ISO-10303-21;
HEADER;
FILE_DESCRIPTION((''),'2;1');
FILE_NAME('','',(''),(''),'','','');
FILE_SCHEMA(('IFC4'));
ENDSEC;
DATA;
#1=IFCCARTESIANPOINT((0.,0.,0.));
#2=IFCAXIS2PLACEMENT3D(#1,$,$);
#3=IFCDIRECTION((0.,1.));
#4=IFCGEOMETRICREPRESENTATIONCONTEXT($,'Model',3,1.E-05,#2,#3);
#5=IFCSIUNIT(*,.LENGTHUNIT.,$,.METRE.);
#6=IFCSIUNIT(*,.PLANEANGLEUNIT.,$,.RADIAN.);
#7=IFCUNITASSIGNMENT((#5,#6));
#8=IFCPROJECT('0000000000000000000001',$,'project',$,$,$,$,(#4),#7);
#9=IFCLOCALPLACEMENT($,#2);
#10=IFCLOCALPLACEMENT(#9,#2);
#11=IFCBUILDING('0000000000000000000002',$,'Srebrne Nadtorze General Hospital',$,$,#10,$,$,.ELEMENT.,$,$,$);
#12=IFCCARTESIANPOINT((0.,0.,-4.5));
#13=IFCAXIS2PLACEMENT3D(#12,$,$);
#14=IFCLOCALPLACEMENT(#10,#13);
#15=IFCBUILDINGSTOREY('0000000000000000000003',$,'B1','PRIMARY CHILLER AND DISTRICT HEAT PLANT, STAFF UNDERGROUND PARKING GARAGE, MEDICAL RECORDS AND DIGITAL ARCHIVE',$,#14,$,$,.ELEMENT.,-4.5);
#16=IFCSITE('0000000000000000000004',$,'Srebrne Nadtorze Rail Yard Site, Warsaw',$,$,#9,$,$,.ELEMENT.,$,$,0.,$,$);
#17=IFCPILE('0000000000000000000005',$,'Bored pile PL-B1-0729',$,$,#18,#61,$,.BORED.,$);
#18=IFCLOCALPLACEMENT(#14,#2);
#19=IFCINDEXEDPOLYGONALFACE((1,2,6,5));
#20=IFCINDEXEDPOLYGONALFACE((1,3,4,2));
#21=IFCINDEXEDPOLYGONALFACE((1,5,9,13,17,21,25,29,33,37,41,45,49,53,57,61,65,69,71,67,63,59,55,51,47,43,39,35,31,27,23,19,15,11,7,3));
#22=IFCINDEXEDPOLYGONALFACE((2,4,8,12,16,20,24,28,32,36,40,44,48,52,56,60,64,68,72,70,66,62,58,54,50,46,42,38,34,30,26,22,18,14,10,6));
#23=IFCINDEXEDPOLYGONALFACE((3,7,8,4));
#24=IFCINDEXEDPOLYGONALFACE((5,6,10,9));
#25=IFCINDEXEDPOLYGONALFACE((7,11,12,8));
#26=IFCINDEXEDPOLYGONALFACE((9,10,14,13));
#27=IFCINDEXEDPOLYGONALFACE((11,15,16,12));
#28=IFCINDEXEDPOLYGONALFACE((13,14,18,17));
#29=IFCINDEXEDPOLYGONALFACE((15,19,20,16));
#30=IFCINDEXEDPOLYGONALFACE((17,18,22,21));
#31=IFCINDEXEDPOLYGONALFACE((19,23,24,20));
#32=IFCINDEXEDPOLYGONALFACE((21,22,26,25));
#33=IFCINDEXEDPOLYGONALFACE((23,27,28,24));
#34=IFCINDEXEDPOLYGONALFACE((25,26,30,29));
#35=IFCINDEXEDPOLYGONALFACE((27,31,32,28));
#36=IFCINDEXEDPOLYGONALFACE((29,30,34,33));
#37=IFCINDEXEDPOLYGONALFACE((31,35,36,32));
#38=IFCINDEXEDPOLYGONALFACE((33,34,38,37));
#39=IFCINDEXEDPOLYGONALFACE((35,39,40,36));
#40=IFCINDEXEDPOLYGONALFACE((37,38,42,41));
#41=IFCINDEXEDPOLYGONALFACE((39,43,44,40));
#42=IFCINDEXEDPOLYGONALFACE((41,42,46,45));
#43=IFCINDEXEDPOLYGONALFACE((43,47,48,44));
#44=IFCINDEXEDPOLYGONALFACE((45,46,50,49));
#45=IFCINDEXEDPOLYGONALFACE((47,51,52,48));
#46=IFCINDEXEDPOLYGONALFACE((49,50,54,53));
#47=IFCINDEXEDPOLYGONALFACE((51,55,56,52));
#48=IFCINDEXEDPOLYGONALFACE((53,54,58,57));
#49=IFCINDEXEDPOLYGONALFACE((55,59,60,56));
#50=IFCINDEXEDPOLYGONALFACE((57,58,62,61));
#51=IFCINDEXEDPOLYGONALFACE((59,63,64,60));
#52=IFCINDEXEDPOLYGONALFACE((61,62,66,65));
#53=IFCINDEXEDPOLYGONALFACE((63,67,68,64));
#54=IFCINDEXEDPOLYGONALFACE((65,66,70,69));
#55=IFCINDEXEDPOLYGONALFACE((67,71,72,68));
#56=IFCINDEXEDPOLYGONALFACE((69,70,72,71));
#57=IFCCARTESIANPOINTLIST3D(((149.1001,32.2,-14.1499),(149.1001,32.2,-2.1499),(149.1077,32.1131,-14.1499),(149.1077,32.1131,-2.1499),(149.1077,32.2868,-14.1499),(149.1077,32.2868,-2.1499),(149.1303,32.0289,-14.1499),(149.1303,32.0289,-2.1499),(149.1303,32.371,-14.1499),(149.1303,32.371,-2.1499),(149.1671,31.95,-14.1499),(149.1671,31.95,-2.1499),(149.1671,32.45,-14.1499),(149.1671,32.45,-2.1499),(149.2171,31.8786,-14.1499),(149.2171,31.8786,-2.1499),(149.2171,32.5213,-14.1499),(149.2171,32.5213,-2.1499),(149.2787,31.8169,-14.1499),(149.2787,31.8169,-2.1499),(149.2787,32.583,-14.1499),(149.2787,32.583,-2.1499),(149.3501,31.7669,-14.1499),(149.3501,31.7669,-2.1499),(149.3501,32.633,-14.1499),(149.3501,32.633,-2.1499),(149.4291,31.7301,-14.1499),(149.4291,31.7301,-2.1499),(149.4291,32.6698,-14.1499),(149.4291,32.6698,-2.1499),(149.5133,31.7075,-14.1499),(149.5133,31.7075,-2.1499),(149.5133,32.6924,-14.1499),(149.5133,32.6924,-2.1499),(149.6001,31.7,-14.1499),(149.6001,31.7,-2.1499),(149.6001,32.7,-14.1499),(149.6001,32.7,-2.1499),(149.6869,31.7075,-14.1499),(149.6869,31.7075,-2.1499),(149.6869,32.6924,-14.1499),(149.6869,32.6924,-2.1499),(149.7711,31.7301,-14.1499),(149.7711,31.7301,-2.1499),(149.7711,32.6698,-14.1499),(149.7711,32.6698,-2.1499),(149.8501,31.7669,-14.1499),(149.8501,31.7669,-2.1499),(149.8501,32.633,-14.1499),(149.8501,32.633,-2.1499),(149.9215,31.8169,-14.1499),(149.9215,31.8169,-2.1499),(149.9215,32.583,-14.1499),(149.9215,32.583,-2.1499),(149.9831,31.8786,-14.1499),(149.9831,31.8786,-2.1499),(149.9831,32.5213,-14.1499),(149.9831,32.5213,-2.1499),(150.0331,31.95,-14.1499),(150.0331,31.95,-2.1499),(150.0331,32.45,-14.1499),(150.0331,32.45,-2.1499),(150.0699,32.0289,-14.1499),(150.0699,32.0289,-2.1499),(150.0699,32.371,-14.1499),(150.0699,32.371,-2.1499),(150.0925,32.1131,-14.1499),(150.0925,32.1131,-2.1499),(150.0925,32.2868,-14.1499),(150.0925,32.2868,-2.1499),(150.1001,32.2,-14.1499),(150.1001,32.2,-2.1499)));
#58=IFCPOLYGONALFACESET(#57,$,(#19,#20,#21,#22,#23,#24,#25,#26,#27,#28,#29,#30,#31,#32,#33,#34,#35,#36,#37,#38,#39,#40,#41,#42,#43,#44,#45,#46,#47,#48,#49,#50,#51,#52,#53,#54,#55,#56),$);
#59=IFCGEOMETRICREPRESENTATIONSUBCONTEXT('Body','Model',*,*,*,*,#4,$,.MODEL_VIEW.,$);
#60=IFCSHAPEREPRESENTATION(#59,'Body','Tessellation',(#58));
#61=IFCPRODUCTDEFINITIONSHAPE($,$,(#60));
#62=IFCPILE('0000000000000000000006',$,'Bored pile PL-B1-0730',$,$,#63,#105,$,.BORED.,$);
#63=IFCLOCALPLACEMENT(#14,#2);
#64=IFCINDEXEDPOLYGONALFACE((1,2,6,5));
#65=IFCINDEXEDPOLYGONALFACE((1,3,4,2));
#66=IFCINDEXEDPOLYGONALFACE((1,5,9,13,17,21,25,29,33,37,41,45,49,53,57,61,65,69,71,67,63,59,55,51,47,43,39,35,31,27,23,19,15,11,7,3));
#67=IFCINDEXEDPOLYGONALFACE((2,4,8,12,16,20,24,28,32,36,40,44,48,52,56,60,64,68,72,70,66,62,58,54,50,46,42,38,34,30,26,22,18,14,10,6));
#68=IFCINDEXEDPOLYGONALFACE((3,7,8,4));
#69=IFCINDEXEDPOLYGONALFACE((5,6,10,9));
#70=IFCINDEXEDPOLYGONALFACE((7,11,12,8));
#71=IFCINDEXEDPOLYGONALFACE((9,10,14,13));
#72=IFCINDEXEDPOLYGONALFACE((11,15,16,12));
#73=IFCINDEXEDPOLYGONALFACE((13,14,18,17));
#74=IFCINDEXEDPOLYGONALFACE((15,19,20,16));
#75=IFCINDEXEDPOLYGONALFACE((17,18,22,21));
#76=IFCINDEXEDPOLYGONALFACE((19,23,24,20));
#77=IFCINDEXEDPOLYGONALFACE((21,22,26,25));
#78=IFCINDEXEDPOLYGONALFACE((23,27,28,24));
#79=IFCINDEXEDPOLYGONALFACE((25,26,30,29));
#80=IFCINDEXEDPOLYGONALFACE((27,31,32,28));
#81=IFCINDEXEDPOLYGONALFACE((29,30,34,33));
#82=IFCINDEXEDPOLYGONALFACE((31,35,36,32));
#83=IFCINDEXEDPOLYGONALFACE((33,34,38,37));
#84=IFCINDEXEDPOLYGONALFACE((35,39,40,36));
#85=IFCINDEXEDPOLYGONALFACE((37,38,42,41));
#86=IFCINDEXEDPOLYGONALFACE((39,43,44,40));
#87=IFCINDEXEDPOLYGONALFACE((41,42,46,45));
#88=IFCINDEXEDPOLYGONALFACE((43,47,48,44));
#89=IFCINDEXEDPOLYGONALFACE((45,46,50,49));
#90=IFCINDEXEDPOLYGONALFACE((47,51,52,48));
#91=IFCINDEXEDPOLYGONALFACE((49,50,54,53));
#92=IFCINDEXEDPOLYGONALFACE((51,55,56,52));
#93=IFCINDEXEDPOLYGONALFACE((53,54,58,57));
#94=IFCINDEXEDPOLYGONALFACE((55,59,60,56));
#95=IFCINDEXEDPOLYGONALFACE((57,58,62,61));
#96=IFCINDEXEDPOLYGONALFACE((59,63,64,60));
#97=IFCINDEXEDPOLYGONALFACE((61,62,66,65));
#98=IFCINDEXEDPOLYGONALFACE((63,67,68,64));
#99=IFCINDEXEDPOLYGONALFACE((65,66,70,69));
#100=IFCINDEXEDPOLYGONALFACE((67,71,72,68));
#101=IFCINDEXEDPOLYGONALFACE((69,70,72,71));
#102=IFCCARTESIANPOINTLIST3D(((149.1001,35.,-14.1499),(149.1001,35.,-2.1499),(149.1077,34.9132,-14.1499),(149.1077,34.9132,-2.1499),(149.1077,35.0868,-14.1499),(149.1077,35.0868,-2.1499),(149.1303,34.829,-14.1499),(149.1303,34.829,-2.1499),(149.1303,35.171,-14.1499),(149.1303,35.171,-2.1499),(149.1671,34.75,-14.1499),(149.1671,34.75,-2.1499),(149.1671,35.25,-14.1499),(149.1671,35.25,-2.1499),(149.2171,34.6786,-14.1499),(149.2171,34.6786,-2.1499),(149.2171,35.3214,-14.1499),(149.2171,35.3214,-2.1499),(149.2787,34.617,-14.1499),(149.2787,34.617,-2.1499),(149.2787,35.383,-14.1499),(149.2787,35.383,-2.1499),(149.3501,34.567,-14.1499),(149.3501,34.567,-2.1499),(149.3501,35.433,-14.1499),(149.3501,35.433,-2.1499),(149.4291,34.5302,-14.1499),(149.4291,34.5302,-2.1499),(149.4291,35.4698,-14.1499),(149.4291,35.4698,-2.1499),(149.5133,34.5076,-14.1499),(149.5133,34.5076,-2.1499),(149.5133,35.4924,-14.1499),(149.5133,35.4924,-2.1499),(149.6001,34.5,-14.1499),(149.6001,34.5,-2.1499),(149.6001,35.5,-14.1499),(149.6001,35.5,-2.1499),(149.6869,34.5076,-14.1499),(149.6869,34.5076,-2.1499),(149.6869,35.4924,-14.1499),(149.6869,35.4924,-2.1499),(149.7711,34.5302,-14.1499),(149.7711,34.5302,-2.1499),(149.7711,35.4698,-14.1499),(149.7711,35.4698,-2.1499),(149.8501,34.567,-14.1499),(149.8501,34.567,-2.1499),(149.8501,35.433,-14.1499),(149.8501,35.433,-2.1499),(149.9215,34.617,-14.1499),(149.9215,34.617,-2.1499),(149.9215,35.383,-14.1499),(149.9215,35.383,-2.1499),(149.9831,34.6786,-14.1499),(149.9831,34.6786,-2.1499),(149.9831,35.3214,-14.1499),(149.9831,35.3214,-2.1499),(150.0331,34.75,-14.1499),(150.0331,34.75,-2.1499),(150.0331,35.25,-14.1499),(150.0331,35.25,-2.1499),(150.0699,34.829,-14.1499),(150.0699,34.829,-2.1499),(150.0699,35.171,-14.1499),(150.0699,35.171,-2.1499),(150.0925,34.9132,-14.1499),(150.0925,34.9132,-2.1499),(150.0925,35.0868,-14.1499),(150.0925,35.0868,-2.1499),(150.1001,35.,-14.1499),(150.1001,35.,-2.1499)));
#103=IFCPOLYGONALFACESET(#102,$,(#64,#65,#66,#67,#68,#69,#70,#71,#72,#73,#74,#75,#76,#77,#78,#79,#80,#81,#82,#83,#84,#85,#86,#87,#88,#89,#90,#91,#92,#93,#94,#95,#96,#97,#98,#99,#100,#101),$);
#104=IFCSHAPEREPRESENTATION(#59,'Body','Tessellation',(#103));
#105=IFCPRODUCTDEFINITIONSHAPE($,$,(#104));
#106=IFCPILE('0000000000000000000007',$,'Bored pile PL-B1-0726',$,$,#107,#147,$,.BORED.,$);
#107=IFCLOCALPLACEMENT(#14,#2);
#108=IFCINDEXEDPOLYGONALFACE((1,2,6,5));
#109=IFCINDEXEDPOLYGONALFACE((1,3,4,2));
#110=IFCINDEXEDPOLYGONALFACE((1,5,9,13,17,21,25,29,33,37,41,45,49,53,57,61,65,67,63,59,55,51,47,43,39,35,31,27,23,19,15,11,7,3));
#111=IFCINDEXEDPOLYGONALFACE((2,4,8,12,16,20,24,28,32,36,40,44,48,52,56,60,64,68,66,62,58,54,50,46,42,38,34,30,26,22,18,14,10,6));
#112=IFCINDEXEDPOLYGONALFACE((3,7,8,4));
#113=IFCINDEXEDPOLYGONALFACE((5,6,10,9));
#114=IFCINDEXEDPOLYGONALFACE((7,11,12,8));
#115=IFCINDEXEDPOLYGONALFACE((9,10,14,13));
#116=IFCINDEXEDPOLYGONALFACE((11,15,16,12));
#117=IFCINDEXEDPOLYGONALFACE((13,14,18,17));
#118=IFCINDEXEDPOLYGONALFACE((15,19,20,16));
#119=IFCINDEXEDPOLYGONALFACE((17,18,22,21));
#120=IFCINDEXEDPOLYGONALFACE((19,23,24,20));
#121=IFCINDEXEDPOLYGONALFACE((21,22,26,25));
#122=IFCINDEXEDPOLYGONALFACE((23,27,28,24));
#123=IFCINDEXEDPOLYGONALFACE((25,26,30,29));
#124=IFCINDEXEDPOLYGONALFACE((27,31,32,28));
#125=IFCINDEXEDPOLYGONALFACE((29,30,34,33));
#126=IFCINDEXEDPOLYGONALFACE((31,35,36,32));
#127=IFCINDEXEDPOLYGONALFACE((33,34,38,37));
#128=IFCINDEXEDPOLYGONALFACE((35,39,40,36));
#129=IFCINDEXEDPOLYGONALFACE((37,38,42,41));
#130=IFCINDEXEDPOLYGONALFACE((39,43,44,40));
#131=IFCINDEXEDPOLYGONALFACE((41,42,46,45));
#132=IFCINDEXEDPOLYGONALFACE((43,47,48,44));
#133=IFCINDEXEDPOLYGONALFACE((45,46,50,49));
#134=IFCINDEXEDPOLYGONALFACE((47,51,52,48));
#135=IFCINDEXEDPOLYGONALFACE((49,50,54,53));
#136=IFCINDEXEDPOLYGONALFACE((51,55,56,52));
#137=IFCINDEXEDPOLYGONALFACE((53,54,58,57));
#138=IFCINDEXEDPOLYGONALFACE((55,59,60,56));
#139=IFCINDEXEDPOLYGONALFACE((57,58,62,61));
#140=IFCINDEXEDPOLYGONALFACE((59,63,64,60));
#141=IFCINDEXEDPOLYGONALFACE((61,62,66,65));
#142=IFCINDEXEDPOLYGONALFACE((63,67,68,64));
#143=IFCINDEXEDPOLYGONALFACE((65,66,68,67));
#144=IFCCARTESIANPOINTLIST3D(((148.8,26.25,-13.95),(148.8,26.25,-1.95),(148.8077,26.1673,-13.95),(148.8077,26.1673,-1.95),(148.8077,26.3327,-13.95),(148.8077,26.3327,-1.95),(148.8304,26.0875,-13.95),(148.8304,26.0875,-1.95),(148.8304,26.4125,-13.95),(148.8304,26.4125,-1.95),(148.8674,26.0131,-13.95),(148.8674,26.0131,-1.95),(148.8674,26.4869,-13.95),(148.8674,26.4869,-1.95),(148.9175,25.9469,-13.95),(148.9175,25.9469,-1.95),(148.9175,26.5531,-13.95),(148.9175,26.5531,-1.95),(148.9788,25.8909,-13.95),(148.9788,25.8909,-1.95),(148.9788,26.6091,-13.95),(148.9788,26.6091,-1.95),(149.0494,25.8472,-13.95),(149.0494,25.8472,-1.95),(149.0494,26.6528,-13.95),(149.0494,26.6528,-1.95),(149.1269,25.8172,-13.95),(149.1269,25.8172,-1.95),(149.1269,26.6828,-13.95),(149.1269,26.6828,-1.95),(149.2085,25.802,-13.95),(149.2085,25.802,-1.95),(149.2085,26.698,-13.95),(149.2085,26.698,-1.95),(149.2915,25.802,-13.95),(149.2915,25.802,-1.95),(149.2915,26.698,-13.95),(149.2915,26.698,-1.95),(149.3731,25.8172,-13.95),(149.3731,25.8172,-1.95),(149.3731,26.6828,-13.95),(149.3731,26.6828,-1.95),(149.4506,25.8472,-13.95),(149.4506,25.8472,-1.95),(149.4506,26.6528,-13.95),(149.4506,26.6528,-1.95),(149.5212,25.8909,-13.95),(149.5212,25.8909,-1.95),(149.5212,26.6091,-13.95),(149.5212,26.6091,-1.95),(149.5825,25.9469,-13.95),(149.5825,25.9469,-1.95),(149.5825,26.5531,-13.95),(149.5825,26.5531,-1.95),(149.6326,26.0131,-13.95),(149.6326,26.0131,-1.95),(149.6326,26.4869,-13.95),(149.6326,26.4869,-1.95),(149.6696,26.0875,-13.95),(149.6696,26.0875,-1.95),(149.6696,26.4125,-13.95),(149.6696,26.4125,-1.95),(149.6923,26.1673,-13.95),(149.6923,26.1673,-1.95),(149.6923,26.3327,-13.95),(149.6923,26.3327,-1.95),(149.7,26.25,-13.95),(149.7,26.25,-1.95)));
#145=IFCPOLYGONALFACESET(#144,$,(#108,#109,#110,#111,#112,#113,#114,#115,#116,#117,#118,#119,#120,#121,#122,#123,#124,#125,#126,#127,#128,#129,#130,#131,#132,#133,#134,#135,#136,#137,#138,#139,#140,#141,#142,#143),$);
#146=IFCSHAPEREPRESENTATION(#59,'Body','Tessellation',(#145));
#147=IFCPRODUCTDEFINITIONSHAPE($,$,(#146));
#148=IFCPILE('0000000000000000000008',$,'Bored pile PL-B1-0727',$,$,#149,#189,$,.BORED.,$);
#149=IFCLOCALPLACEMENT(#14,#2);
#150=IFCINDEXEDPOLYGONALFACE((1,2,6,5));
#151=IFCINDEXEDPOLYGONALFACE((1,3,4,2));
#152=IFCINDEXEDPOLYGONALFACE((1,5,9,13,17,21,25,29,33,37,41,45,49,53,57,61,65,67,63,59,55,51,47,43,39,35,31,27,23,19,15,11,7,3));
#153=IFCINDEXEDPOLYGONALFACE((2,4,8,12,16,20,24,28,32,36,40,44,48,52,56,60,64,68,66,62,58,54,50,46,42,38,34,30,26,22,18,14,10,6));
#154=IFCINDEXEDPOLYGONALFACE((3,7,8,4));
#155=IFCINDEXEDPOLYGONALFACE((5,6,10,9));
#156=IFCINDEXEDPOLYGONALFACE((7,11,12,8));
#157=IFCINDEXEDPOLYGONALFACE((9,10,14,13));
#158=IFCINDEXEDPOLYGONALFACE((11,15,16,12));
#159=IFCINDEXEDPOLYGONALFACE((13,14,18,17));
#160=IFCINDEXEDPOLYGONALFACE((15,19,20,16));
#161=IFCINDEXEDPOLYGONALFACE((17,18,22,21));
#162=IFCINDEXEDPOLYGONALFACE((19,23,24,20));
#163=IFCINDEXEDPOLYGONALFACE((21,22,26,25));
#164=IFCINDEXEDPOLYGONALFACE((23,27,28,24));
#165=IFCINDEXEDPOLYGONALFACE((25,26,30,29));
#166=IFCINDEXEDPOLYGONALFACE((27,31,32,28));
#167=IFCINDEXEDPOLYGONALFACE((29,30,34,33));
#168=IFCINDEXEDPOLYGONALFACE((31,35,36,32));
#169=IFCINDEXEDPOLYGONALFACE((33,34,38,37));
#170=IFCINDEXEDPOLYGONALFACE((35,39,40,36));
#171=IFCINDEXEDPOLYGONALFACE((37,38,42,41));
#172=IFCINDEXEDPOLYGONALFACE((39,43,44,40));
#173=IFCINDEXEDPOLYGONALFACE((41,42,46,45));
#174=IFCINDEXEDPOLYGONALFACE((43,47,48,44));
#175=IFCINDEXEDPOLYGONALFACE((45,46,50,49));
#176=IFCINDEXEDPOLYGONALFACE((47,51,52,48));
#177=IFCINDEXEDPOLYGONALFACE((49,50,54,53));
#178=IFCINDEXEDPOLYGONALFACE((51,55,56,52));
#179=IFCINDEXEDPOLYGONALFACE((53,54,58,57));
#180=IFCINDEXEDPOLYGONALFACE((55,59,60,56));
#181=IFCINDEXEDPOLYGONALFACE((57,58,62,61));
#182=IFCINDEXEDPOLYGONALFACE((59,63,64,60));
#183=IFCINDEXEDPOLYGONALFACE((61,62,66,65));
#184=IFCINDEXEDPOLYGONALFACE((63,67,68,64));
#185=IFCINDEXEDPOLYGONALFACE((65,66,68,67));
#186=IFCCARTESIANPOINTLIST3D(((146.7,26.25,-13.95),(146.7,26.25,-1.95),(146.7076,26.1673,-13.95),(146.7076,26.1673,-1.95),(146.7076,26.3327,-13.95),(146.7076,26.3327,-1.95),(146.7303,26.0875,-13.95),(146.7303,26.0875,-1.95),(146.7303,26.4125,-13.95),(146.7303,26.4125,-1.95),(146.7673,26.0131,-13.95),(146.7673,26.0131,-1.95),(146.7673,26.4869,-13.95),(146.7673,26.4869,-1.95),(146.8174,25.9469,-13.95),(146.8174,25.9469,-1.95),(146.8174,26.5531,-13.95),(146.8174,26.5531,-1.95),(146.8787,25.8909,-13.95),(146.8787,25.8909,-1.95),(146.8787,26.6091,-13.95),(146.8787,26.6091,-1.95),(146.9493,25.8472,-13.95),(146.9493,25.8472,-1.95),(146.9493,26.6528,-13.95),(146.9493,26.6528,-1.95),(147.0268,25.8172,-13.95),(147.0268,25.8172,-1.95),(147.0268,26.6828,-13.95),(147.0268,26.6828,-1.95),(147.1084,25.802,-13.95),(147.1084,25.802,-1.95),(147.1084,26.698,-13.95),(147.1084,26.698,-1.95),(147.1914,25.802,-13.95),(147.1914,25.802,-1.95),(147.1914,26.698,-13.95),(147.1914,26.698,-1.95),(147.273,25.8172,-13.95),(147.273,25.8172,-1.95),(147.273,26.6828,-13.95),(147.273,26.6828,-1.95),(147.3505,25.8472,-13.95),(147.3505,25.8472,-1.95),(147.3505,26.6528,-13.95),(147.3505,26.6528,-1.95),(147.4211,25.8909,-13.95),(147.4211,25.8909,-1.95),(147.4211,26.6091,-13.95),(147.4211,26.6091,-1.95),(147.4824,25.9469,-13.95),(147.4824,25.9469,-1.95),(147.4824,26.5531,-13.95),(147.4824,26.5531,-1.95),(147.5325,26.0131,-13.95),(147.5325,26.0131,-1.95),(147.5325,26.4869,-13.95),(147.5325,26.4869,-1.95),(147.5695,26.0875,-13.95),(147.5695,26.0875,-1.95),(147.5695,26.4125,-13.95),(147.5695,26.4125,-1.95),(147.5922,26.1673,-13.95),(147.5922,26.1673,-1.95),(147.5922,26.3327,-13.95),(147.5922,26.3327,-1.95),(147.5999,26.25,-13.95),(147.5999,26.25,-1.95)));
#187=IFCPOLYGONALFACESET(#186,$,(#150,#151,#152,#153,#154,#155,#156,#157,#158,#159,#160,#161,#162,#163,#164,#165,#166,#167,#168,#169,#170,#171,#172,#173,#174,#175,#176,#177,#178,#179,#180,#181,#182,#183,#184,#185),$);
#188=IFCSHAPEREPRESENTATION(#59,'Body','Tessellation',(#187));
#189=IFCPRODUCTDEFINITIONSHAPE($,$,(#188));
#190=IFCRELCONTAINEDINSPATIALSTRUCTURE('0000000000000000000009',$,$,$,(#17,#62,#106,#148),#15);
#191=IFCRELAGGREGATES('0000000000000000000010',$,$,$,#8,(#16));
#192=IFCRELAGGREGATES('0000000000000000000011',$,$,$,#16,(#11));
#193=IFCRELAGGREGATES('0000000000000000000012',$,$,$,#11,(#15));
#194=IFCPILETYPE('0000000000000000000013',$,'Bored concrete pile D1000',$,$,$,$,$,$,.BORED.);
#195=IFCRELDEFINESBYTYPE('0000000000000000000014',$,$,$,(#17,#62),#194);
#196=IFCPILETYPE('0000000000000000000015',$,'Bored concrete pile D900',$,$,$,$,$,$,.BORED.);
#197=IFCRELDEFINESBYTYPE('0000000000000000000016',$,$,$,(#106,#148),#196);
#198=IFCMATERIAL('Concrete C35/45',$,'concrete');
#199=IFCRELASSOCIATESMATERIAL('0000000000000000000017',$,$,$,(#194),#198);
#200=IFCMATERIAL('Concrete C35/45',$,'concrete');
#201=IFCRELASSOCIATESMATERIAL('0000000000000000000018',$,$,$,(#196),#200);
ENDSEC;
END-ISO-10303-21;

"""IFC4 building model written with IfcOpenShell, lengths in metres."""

from ifc_helpers import new_model, si_unit, direction, frame, origin, origin_2d, place, context, subcontext, project, spatial, circle, extrude, material, material_profile, profile_set, type_object, element, save


model = new_model("IFC4")

# Units and contexts
model_context = context("Model", 3, precision=1e-05, world=origin(), true_north=direction((0.0, 1.0)))
body_context = subcontext(model_context, "Body", "Model", "MODEL_VIEW")
ifc_project = project(units=[si_unit("LENGTHUNIT", "METRE"), si_unit("PLANEANGLEUNIT", "RADIAN")], contexts=[model_context])

# Site, building, storey
site_placement = place(None, origin())
site = spatial("IfcSite", under=ifc_project, at=site_placement, Name="Srebrne Nadtorze Rail Yard Site, Warsaw", CompositionType="ELEMENT", RefElevation=0.0)
building_placement = place(site_placement, origin())
building = spatial("IfcBuilding", under=site, at=building_placement, Name="Srebrne Nadtorze General Hospital", CompositionType="ELEMENT")
storey_placement = place(building_placement, frame((0.0, 0.0, -4.5)))
storey = spatial("IfcBuildingStorey", under=building, at=storey_placement, Name="B1", Description="PRIMARY CHILLER AND DISTRICT HEAT PLANT, STAFF UNDERGROUND PARKING GARAGE, MEDICAL RECORDS AND DIGITAL ARCHIVE", CompositionType="ELEMENT", Elevation=-4.5)

# Piles
ifc_material_1 = material(Name="Concrete C35/45", Category="concrete")
ifc_material_profile_1 = material_profile(ifc_material_1, circle(Radius=0.5, at=origin_2d()), Name="PILE-D1000")
ifc_profile_set_1 = profile_set([ifc_material_profile_1], Name="Concrete C35/45")
pile_type_1 = type_object("IfcPileType", Name="Bored concrete pile D1000", PredefinedType="BORED", material=ifc_profile_set_1)
for number, where, z_axis, x_axis, name in (
    (1, (149.6001, 32.2, -2.1499), (0.0, 0.0, -1.0), (1.0, 0.0, 0.0), "Bored pile PL-B1-0729"),
    (2, (149.6001, 35.0, -2.1499), (0.0, 0.0, -1.0), (1.0, 0.0, 0.0), "Bored pile PL-B1-0730"),
):
    element("IfcPile", number, at=place(storey_placement, frame(where, z_axis=z_axis, x_axis=x_axis)), inside=storey, type_object=pile_type_1, Name=name, PredefinedType="BORED", context=body_context, shape_type="SweptSolid", body=[
        extrude(circle(Radius=0.5, at=origin_2d()), origin(), (0.0, 0.0, 1.0), 12.0),
    ])
ifc_material_2 = material(Name="Concrete C35/45", Category="concrete")
ifc_material_profile_2 = material_profile(ifc_material_2, circle(Radius=0.45, at=origin_2d()), Name="PILE-D900")
ifc_profile_set_2 = profile_set([ifc_material_profile_2], Name="Concrete C35/45")
pile_type_2 = type_object("IfcPileType", Name="Bored concrete pile D900", PredefinedType="BORED", material=ifc_profile_set_2)
for number, where, z_axis, x_axis, name in (
    (3, (149.25, 26.25, -1.95), (0.0, 0.0, -1.0), (1.0, 0.0, 0.0), "Bored pile PL-B1-0726"),
    (4, (147.1499, 26.25, -1.95), (0.0, 0.0, -1.0), (1.0, 0.0, 0.0), "Bored pile PL-B1-0727"),
):
    element("IfcPile", number, at=place(storey_placement, frame(where, z_axis=z_axis, x_axis=x_axis)), inside=storey, type_object=pile_type_2, Name=name, PredefinedType="BORED", context=body_context, shape_type="SweptSolid", body=[
        extrude(circle(Radius=0.45, at=origin_2d()), origin(), (0.0, 0.0, 1.0), 12.0),
    ])

save(model, "model.ifc")
